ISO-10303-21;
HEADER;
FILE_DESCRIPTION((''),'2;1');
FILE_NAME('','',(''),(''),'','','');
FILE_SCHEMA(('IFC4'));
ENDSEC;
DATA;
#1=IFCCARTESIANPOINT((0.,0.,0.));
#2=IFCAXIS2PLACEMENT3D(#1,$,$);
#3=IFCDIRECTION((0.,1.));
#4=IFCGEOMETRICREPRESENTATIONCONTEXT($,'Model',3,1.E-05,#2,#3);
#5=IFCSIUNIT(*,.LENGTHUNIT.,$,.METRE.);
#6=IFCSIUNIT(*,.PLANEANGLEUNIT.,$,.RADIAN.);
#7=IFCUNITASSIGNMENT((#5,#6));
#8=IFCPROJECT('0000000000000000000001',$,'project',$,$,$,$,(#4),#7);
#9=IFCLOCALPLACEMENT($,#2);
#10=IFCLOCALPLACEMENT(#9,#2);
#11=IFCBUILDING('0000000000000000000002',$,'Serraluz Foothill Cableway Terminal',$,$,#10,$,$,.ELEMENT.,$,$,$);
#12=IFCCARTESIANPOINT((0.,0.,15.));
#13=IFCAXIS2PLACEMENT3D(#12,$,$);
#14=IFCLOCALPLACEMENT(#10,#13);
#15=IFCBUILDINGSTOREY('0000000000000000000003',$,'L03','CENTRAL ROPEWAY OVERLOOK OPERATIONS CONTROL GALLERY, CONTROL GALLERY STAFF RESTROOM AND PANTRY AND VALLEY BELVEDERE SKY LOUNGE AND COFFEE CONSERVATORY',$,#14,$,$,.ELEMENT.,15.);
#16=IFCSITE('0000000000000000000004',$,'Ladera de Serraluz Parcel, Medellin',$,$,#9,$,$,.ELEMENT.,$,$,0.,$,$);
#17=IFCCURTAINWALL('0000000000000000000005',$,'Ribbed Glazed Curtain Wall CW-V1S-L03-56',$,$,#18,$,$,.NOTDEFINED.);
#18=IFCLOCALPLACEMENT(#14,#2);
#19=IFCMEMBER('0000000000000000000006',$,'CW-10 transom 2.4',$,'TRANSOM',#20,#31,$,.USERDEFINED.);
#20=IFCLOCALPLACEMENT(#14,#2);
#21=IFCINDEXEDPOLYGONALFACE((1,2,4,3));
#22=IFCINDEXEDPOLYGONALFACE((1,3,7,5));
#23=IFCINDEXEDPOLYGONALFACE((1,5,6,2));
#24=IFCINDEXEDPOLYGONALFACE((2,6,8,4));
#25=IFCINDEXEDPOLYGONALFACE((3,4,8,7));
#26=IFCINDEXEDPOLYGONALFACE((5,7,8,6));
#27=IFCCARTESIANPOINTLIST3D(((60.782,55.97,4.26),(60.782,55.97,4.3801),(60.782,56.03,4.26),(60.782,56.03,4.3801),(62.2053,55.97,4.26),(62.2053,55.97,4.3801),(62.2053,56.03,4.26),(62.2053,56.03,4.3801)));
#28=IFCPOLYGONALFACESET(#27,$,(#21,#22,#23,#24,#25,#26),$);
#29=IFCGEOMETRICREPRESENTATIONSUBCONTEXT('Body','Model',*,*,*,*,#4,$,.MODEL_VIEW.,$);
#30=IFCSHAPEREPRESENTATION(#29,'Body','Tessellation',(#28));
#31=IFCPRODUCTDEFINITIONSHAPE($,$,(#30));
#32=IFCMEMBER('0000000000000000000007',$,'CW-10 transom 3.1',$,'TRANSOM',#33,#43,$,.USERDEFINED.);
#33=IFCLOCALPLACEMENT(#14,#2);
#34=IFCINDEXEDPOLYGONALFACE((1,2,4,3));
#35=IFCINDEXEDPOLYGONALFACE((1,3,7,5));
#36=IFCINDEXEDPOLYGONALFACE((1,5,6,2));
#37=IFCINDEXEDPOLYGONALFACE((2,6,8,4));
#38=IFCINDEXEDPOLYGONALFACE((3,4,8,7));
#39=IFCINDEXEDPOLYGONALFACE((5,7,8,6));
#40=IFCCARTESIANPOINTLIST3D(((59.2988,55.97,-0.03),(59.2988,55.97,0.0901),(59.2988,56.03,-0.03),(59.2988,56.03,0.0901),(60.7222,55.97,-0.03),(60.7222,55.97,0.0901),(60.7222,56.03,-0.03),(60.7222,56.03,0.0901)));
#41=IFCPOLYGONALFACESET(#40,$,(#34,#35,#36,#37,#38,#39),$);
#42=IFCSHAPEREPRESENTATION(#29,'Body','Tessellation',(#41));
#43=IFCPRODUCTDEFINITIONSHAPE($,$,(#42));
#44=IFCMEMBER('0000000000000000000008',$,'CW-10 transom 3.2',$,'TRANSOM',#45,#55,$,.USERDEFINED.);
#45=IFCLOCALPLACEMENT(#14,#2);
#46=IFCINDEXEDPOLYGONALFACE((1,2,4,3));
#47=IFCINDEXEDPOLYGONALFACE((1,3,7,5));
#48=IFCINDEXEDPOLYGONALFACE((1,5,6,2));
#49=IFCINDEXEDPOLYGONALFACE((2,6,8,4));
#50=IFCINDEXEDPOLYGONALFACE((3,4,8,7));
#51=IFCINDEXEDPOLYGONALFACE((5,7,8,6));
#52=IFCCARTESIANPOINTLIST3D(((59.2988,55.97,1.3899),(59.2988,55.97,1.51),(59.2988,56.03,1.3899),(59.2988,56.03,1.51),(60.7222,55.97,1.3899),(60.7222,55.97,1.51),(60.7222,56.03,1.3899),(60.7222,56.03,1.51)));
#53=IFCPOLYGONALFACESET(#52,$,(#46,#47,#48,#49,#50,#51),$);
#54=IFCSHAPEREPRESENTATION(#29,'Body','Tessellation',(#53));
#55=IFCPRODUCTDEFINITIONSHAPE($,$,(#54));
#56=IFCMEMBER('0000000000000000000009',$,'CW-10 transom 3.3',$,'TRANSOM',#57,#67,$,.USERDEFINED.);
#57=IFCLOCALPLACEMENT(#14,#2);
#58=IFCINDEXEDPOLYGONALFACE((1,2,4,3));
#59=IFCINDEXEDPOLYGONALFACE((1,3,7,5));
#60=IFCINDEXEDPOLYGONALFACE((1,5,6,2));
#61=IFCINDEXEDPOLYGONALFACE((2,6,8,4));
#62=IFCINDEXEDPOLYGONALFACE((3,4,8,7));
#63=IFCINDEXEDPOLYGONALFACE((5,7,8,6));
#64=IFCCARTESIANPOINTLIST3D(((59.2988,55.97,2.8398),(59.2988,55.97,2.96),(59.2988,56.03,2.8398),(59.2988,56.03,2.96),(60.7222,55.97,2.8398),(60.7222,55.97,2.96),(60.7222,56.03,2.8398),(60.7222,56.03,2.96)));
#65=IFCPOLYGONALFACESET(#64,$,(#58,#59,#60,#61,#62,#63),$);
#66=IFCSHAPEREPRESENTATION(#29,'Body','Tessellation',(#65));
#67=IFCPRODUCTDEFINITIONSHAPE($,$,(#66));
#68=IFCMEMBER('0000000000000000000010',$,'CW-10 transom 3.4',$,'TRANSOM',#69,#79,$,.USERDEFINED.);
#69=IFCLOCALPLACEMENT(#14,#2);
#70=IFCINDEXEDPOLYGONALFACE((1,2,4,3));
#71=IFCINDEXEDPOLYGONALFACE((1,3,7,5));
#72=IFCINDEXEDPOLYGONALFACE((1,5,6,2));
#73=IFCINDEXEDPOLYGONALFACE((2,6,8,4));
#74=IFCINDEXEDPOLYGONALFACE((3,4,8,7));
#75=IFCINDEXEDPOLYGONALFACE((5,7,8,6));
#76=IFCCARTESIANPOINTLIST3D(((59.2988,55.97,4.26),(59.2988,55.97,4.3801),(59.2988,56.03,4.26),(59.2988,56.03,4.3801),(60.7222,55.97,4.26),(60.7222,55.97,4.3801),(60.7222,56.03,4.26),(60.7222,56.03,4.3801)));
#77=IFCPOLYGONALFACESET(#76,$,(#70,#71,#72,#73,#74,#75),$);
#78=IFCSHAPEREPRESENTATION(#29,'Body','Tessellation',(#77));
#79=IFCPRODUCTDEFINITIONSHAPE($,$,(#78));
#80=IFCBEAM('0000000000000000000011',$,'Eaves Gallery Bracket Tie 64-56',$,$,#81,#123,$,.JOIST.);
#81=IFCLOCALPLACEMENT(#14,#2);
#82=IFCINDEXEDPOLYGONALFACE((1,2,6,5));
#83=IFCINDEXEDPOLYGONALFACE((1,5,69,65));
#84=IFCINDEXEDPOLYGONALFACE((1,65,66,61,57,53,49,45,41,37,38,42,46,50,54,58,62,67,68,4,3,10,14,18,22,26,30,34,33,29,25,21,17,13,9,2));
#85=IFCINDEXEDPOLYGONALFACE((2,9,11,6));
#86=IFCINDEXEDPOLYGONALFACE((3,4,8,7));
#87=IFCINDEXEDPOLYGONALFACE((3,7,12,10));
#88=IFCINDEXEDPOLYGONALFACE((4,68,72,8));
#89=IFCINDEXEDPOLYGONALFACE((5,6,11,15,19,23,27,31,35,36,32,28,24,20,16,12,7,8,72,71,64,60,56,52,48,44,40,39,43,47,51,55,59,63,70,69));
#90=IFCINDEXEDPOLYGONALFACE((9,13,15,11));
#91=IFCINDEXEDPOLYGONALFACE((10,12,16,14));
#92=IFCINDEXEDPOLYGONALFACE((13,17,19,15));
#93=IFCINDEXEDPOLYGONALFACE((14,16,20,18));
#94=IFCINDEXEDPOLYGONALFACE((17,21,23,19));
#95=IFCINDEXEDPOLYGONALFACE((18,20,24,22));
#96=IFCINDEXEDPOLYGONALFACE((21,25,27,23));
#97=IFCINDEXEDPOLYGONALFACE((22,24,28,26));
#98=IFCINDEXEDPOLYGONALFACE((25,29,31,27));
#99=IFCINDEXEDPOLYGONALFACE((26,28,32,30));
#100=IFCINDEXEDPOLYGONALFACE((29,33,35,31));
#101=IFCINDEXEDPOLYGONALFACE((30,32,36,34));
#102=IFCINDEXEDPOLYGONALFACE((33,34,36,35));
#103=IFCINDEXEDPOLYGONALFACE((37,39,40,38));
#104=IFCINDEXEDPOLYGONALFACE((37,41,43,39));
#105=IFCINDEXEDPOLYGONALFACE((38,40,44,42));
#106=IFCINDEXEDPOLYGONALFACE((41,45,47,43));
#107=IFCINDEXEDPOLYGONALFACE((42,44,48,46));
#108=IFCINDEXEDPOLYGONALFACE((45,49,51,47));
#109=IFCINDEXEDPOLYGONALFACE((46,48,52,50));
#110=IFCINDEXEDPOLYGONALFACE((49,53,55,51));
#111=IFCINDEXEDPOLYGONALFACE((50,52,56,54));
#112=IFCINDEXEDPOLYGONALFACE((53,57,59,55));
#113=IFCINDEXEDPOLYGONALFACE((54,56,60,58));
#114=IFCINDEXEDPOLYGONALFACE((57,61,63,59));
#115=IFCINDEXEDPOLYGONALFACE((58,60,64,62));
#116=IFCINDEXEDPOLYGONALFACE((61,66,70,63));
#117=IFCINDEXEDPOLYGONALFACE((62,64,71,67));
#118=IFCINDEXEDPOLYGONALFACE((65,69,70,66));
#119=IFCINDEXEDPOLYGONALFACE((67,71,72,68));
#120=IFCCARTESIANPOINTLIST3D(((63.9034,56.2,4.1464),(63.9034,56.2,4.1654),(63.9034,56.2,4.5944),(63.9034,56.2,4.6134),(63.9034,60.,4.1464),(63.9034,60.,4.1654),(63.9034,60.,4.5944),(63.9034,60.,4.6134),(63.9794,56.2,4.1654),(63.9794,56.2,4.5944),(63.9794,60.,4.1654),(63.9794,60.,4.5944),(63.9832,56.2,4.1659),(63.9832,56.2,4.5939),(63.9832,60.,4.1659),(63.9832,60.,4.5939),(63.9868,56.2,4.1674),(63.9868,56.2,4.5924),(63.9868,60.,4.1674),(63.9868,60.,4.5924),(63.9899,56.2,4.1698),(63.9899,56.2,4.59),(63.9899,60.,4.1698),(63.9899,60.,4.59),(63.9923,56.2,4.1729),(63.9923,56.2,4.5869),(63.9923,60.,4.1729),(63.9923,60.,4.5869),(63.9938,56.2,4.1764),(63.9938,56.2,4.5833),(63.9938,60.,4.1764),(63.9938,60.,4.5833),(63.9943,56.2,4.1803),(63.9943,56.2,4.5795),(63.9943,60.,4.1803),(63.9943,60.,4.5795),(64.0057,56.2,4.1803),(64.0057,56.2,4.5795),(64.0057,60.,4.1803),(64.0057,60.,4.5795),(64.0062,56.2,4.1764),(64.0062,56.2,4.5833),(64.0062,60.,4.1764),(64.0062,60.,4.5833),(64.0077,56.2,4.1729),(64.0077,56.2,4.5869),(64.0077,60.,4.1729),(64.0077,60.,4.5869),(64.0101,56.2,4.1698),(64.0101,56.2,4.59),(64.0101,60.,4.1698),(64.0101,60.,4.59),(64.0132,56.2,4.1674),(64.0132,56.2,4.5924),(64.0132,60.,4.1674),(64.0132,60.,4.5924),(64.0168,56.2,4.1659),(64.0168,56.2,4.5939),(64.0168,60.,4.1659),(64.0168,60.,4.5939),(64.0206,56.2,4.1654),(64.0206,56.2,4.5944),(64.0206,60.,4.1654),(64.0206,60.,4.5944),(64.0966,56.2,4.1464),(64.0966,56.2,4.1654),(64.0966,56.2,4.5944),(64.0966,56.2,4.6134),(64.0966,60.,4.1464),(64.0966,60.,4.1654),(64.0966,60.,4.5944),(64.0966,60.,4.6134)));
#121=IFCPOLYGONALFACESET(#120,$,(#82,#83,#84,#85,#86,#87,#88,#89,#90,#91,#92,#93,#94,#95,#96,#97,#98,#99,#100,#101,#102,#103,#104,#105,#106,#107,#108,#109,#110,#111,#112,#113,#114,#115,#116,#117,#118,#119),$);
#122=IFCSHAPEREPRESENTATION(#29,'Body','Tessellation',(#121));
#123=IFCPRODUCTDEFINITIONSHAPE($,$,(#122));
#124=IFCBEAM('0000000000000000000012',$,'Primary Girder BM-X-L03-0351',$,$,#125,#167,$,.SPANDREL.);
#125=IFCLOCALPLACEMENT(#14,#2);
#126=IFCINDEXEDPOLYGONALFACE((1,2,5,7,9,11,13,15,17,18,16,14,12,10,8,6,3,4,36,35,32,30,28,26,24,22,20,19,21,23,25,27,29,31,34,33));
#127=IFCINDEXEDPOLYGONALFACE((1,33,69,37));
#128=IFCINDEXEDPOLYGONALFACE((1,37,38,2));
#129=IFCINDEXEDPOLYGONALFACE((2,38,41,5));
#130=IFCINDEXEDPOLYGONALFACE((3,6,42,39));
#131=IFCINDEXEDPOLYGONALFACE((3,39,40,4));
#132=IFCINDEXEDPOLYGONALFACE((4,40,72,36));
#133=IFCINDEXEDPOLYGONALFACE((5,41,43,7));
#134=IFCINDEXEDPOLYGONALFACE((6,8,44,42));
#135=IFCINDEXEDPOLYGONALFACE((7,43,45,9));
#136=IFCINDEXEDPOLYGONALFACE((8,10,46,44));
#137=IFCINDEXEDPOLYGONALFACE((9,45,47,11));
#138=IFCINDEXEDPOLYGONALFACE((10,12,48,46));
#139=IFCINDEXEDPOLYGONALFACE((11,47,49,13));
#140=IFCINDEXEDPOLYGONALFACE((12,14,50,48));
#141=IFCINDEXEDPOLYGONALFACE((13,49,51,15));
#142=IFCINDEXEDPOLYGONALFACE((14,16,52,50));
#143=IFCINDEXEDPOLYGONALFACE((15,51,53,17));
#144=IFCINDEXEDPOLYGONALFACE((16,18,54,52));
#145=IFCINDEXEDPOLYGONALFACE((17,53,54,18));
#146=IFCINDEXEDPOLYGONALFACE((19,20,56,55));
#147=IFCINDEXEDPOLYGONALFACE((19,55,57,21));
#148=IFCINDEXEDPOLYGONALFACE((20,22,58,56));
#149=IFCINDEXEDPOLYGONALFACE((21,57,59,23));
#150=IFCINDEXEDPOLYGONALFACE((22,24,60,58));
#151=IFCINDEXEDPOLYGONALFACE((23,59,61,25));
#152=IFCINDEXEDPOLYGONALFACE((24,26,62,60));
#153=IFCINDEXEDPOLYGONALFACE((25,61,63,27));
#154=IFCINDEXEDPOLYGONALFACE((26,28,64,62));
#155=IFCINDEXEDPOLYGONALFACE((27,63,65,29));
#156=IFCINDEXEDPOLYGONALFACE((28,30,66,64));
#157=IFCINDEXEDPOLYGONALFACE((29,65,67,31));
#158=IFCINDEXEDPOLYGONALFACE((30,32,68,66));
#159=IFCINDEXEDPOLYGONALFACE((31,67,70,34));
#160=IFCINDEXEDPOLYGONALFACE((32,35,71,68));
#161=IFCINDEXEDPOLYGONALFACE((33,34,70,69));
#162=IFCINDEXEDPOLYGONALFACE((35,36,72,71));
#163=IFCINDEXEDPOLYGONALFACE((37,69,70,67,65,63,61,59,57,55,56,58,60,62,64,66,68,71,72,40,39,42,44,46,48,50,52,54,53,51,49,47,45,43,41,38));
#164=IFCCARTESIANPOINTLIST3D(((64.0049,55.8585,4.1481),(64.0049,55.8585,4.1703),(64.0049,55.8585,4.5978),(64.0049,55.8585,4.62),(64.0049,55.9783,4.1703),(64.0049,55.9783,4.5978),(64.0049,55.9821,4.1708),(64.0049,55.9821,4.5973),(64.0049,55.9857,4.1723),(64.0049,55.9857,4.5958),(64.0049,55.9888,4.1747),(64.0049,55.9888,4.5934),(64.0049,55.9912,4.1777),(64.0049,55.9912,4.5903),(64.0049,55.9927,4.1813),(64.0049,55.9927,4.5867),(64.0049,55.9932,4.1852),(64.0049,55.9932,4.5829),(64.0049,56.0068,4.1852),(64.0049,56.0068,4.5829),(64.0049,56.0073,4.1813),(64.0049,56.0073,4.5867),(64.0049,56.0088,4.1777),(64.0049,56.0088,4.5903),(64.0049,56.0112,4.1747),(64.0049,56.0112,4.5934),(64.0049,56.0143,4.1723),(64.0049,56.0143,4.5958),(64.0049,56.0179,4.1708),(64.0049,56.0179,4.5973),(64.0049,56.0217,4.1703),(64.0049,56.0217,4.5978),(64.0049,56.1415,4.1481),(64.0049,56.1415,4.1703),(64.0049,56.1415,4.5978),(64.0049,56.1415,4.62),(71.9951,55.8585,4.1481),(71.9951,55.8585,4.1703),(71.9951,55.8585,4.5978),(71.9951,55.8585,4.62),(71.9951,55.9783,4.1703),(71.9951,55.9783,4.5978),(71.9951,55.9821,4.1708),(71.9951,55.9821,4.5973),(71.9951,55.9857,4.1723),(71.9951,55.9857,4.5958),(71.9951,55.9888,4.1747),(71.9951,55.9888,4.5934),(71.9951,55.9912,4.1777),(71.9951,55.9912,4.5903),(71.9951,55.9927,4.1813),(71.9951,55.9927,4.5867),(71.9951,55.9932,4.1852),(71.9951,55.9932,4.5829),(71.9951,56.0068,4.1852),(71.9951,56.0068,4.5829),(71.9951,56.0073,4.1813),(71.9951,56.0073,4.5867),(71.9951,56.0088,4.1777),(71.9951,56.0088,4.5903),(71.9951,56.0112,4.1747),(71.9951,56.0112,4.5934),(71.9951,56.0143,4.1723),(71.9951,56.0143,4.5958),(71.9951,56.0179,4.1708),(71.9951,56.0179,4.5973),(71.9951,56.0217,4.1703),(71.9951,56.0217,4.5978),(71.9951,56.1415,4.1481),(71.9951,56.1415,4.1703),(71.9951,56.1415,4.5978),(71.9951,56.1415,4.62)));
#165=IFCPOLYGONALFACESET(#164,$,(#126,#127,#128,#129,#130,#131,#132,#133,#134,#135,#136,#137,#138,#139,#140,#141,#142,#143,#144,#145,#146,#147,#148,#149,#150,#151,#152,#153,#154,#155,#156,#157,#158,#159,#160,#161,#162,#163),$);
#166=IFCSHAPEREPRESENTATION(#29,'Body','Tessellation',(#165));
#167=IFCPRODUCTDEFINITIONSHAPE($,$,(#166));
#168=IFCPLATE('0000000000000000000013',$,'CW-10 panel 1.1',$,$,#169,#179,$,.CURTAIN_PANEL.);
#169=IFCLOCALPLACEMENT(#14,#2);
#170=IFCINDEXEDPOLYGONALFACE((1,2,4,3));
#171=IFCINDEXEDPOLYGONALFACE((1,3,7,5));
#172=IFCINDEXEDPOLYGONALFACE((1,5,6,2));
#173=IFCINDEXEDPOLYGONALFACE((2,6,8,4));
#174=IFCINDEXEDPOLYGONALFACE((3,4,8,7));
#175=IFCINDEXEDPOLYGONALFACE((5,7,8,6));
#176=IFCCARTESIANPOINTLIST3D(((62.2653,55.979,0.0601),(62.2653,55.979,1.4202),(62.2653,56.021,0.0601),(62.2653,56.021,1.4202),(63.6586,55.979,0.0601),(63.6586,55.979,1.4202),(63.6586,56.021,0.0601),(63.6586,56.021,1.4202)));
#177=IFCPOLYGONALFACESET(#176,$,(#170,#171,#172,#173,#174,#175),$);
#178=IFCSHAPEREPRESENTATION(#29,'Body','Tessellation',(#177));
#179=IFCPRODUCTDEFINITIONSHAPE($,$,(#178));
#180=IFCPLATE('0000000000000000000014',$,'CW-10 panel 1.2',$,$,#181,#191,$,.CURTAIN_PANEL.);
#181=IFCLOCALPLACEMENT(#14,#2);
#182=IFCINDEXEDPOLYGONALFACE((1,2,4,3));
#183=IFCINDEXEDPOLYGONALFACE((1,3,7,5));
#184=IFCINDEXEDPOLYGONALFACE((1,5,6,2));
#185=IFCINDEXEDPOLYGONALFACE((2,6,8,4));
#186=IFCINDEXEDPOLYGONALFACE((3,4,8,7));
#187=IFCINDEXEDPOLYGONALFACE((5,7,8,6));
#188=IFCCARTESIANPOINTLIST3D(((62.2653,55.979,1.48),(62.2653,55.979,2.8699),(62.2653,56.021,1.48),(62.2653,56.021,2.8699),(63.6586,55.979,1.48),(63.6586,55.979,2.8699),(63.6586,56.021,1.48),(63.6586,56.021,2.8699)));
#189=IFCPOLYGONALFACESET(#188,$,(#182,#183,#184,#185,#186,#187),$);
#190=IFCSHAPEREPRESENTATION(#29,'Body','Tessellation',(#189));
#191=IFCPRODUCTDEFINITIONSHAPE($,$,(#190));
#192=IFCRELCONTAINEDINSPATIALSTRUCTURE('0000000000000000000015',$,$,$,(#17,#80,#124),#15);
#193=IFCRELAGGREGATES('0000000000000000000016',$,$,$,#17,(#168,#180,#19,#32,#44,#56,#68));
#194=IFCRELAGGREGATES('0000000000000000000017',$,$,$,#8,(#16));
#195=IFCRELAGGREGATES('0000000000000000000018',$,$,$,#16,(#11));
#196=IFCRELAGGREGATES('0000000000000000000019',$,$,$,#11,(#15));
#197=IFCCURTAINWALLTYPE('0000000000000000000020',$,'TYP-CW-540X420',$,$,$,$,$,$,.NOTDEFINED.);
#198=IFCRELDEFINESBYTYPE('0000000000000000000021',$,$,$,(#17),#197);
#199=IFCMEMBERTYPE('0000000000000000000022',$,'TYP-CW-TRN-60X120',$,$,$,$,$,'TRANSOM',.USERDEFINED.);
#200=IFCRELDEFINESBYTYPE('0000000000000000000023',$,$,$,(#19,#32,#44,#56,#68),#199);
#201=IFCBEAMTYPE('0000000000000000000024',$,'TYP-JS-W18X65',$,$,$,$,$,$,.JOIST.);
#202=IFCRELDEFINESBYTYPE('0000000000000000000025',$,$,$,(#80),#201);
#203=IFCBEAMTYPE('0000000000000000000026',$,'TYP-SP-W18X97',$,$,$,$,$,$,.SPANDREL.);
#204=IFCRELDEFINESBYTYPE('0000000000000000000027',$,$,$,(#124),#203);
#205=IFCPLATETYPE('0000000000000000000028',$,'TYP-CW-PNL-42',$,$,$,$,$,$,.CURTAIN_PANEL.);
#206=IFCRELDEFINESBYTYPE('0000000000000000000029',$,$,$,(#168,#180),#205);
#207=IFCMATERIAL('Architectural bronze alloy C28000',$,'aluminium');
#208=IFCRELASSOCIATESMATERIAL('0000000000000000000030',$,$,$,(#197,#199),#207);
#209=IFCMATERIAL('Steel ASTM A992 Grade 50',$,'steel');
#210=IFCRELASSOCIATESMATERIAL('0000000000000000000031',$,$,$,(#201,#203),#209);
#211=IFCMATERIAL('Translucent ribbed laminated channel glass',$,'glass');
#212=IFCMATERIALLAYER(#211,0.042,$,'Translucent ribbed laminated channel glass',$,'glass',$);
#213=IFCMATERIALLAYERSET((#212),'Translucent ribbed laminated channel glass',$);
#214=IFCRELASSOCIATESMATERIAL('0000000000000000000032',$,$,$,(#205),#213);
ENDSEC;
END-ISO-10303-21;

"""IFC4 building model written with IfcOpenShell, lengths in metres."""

from ifc_helpers import new_model, si_unit, direction, frame, origin, origin_2d, place, context, subcontext, project, spatial, rectangle, i_section, extrude, material, layer, layer_set, material_profile, profile_set, type_object, element, aggregate, save


model = new_model("IFC4")

# Units and contexts
model_context = context("Model", 3, precision=1e-05, world=origin(), true_north=direction((0.0, 1.0)))
body_context = subcontext(model_context, "Body", "Model", "MODEL_VIEW")
ifc_project = project(units=[si_unit("LENGTHUNIT", "METRE"), si_unit("PLANEANGLEUNIT", "RADIAN")], contexts=[model_context])

# Site, building, storey
site_placement = place(None, origin())
site = spatial("IfcSite", under=ifc_project, at=site_placement, Name="Ladera de Serraluz Parcel, Medellin", CompositionType="ELEMENT", RefElevation=0.0)
building_placement = place(site_placement, origin())
building = spatial("IfcBuilding", under=site, at=building_placement, Name="Serraluz Foothill Cableway Terminal", CompositionType="ELEMENT")
storey_placement = place(building_placement, frame((0.0, 0.0, 15.0)))
storey = spatial("IfcBuildingStorey", under=building, at=storey_placement, Name="L03", Description="CENTRAL ROPEWAY OVERLOOK OPERATIONS CONTROL GALLERY, CONTROL GALLERY STAFF RESTROOM AND PANTRY AND VALLEY BELVEDERE SKY LOUNGE AND COFFEE CONSERVATORY", CompositionType="ELEMENT", Elevation=15.0)

# Shared definitions
ifc_material_1 = material(Name="Steel ASTM A992 Grade 50", Category="steel")

# Curtain wall
ifc_material_2 = material(Name="Architectural bronze alloy C28000", Category="aluminium")
curtain_wall_type_1 = type_object("IfcCurtainWallType", Name="TYP-CW-540X420", PredefinedType="NOTDEFINED", material=ifc_material_2)
curtain_wall_1_placement = place(storey_placement, origin())
curtain_wall_1 = element("IfcCurtainWall", 1, at=curtain_wall_1_placement, inside=storey, type_object=curtain_wall_type_1, Name="Ribbed Glazed Curtain Wall CW-V1S-L03-56", PredefinedType="NOTDEFINED")

# Members
ifc_material_profile_1 = material_profile(ifc_material_2, rectangle(XDim=0.0601, YDim=0.1201, at=origin_2d()), Name="ALU TRANSOM 60x120")
ifc_profile_set_1 = profile_set([ifc_material_profile_1], Name="Architectural bronze alloy C28000")
member_type_1 = type_object("IfcMemberType", Name="TYP-CW-TRN-60X120", ElementType="TRANSOM", PredefinedType="USERDEFINED", material=ifc_profile_set_1)
member_1_placement = place(storey_placement, frame((62.2053, 56.0, 4.3201), z_axis=(-1.0, 0.0, 0.0), x_axis=(0.0, -1.0, 0.0)))
member_1 = element("IfcMember", 2, at=member_1_placement, type_object=member_type_1, Name="CW-10 transom 2.4", ObjectType="TRANSOM", PredefinedType="USERDEFINED", context=body_context, shape_type="SweptSolid", body=[
    extrude(rectangle(XDim=0.0601, YDim=0.1201, at=origin_2d()), origin(), (0.0, 0.0, 1.0), 1.4233),
])
member_2_placement = place(storey_placement, frame((60.7222, 56.0, 0.03), z_axis=(-1.0, 0.0, 0.0), x_axis=(0.0, -1.0, 0.0)))
member_2 = element("IfcMember", 3, at=member_2_placement, type_object=member_type_1, Name="CW-10 transom 3.1", ObjectType="TRANSOM", PredefinedType="USERDEFINED", context=body_context, shape_type="SweptSolid", body=[
    extrude(rectangle(XDim=0.0601, YDim=0.1201, at=origin_2d()), origin(), (0.0, 0.0, 1.0), 1.4233),
])
member_3_placement = place(storey_placement, frame((60.7222, 56.0, 1.45), z_axis=(-1.0, 0.0, 0.0), x_axis=(0.0, -1.0, 0.0)))
member_3 = element("IfcMember", 4, at=member_3_placement, type_object=member_type_1, Name="CW-10 transom 3.2", ObjectType="TRANSOM", PredefinedType="USERDEFINED", context=body_context, shape_type="SweptSolid", body=[
    extrude(rectangle(XDim=0.0601, YDim=0.1201, at=origin_2d()), origin(), (0.0, 0.0, 1.0), 1.4233),
])
member_4_placement = place(storey_placement, frame((60.7222, 56.0, 2.8999), z_axis=(-1.0, 0.0, 0.0), x_axis=(0.0, -1.0, 0.0)))
member_4 = element("IfcMember", 5, at=member_4_placement, type_object=member_type_1, Name="CW-10 transom 3.3", ObjectType="TRANSOM", PredefinedType="USERDEFINED", context=body_context, shape_type="SweptSolid", body=[
    extrude(rectangle(XDim=0.0601, YDim=0.1201, at=origin_2d()), origin(), (0.0, 0.0, 1.0), 1.4233),
])
member_5_placement = place(storey_placement, frame((60.7222, 56.0, 4.3201), z_axis=(-1.0, 0.0, 0.0), x_axis=(0.0, -1.0, 0.0)))
member_5 = element("IfcMember", 6, at=member_5_placement, type_object=member_type_1, Name="CW-10 transom 3.4", ObjectType="TRANSOM", PredefinedType="USERDEFINED", context=body_context, shape_type="SweptSolid", body=[
    extrude(rectangle(XDim=0.0601, YDim=0.1201, at=origin_2d()), origin(), (0.0, 0.0, 1.0), 1.4233),
])

# Beams
ifc_material_profile_2 = material_profile(ifc_material_1, i_section(OverallWidth=0.1931, OverallDepth=0.467, WebThickness=0.0115, FlangeThickness=0.019, FilletRadius=0.0149, at=origin_2d()), Name="W18X65")
ifc_profile_set_2 = profile_set([ifc_material_profile_2], Name="Steel ASTM A992 Grade 50")
beam_type_1 = type_object("IfcBeamType", Name="TYP-JS-W18X65", PredefinedType="JOIST", material=ifc_profile_set_2)
beam_1_placement = place(storey_placement, frame((64.0, 56.2, 4.3799), z_axis=(0.0, 1.0, 0.0), x_axis=(-1.0, 0.0, 0.0)))
element("IfcBeam", 7, at=beam_1_placement, inside=storey, type_object=beam_type_1, Name="Eaves Gallery Bracket Tie 64-56", PredefinedType="JOIST", context=body_context, shape_type="SweptSolid", body=[
    extrude(i_section(OverallWidth=0.1931, OverallDepth=0.467, WebThickness=0.0115, FlangeThickness=0.019, FilletRadius=0.0149, at=origin_2d()), origin(), (0.0, 0.0, 1.0), 3.8),
])
ifc_material_profile_3 = material_profile(ifc_material_1, i_section(OverallWidth=0.283, OverallDepth=0.4719, WebThickness=0.0137, FlangeThickness=0.0222, FilletRadius=0.0149, at=origin_2d()), Name="W18X97")
ifc_profile_set_3 = profile_set([ifc_material_profile_3], Name="Steel ASTM A992 Grade 50")
beam_type_2 = type_object("IfcBeamType", Name="TYP-SP-W18X97", PredefinedType="SPANDREL", material=ifc_profile_set_3)
beam_2_placement = place(storey_placement, frame((64.0049, 56.0, 4.384), z_axis=(1.0, 0.0, 0.0), x_axis=(0.0, 1.0, 0.0)))
element("IfcBeam", 8, at=beam_2_placement, inside=storey, type_object=beam_type_2, Name="Primary Girder BM-X-L03-0351", PredefinedType="SPANDREL", context=body_context, shape_type="SweptSolid", body=[
    extrude(i_section(OverallWidth=0.283, OverallDepth=0.4719, WebThickness=0.0137, FlangeThickness=0.0222, FilletRadius=0.0149, at=origin_2d()), origin(), (0.0, 0.0, 1.0), 7.9902),
])

# Plates
ifc_material_3 = material(Name="Translucent ribbed laminated channel glass", Category="glass")
ifc_layer_1 = layer(ifc_material_3, 0.042, Name="Translucent ribbed laminated channel glass", Category="glass")
ifc_layer_set_1 = layer_set([ifc_layer_1], Name="Translucent ribbed laminated channel glass")
plate_type = type_object("IfcPlateType", Name="TYP-CW-PNL-42", PredefinedType="CURTAIN_PANEL", material=ifc_layer_set_1)
plate_1_placement = place(storey_placement, frame((62.9619, 56.0, 0.0601), z_axis=(0.0, 0.0, 1.0), x_axis=(-1.0, 0.0, 0.0)))
plate_1 = element("IfcPlate", 9, at=plate_1_placement, type_object=plate_type, Name="CW-10 panel 1.1", PredefinedType="CURTAIN_PANEL", context=body_context, shape_type="SweptSolid", body=[
    extrude(rectangle(XDim=1.3933, YDim=0.042, at=origin_2d()), origin(), (0.0, 0.0, 1.0), 1.3601),
])
plate_2_placement = place(storey_placement, frame((62.9619, 56.0, 1.48), z_axis=(0.0, 0.0, 1.0), x_axis=(-1.0, 0.0, 0.0)))
plate_2 = element("IfcPlate", 10, at=plate_2_placement, type_object=plate_type, Name="CW-10 panel 1.2", PredefinedType="CURTAIN_PANEL", context=body_context, shape_type="SweptSolid", body=[
    extrude(rectangle(XDim=1.3933, YDim=0.042, at=origin_2d()), origin(), (0.0, 0.0, 1.0), 1.3899),
])
aggregate(curtain_wall_1, [plate_1, plate_2, member_1, member_2, member_3, member_4, member_5])

save(model, "model.ifc")
